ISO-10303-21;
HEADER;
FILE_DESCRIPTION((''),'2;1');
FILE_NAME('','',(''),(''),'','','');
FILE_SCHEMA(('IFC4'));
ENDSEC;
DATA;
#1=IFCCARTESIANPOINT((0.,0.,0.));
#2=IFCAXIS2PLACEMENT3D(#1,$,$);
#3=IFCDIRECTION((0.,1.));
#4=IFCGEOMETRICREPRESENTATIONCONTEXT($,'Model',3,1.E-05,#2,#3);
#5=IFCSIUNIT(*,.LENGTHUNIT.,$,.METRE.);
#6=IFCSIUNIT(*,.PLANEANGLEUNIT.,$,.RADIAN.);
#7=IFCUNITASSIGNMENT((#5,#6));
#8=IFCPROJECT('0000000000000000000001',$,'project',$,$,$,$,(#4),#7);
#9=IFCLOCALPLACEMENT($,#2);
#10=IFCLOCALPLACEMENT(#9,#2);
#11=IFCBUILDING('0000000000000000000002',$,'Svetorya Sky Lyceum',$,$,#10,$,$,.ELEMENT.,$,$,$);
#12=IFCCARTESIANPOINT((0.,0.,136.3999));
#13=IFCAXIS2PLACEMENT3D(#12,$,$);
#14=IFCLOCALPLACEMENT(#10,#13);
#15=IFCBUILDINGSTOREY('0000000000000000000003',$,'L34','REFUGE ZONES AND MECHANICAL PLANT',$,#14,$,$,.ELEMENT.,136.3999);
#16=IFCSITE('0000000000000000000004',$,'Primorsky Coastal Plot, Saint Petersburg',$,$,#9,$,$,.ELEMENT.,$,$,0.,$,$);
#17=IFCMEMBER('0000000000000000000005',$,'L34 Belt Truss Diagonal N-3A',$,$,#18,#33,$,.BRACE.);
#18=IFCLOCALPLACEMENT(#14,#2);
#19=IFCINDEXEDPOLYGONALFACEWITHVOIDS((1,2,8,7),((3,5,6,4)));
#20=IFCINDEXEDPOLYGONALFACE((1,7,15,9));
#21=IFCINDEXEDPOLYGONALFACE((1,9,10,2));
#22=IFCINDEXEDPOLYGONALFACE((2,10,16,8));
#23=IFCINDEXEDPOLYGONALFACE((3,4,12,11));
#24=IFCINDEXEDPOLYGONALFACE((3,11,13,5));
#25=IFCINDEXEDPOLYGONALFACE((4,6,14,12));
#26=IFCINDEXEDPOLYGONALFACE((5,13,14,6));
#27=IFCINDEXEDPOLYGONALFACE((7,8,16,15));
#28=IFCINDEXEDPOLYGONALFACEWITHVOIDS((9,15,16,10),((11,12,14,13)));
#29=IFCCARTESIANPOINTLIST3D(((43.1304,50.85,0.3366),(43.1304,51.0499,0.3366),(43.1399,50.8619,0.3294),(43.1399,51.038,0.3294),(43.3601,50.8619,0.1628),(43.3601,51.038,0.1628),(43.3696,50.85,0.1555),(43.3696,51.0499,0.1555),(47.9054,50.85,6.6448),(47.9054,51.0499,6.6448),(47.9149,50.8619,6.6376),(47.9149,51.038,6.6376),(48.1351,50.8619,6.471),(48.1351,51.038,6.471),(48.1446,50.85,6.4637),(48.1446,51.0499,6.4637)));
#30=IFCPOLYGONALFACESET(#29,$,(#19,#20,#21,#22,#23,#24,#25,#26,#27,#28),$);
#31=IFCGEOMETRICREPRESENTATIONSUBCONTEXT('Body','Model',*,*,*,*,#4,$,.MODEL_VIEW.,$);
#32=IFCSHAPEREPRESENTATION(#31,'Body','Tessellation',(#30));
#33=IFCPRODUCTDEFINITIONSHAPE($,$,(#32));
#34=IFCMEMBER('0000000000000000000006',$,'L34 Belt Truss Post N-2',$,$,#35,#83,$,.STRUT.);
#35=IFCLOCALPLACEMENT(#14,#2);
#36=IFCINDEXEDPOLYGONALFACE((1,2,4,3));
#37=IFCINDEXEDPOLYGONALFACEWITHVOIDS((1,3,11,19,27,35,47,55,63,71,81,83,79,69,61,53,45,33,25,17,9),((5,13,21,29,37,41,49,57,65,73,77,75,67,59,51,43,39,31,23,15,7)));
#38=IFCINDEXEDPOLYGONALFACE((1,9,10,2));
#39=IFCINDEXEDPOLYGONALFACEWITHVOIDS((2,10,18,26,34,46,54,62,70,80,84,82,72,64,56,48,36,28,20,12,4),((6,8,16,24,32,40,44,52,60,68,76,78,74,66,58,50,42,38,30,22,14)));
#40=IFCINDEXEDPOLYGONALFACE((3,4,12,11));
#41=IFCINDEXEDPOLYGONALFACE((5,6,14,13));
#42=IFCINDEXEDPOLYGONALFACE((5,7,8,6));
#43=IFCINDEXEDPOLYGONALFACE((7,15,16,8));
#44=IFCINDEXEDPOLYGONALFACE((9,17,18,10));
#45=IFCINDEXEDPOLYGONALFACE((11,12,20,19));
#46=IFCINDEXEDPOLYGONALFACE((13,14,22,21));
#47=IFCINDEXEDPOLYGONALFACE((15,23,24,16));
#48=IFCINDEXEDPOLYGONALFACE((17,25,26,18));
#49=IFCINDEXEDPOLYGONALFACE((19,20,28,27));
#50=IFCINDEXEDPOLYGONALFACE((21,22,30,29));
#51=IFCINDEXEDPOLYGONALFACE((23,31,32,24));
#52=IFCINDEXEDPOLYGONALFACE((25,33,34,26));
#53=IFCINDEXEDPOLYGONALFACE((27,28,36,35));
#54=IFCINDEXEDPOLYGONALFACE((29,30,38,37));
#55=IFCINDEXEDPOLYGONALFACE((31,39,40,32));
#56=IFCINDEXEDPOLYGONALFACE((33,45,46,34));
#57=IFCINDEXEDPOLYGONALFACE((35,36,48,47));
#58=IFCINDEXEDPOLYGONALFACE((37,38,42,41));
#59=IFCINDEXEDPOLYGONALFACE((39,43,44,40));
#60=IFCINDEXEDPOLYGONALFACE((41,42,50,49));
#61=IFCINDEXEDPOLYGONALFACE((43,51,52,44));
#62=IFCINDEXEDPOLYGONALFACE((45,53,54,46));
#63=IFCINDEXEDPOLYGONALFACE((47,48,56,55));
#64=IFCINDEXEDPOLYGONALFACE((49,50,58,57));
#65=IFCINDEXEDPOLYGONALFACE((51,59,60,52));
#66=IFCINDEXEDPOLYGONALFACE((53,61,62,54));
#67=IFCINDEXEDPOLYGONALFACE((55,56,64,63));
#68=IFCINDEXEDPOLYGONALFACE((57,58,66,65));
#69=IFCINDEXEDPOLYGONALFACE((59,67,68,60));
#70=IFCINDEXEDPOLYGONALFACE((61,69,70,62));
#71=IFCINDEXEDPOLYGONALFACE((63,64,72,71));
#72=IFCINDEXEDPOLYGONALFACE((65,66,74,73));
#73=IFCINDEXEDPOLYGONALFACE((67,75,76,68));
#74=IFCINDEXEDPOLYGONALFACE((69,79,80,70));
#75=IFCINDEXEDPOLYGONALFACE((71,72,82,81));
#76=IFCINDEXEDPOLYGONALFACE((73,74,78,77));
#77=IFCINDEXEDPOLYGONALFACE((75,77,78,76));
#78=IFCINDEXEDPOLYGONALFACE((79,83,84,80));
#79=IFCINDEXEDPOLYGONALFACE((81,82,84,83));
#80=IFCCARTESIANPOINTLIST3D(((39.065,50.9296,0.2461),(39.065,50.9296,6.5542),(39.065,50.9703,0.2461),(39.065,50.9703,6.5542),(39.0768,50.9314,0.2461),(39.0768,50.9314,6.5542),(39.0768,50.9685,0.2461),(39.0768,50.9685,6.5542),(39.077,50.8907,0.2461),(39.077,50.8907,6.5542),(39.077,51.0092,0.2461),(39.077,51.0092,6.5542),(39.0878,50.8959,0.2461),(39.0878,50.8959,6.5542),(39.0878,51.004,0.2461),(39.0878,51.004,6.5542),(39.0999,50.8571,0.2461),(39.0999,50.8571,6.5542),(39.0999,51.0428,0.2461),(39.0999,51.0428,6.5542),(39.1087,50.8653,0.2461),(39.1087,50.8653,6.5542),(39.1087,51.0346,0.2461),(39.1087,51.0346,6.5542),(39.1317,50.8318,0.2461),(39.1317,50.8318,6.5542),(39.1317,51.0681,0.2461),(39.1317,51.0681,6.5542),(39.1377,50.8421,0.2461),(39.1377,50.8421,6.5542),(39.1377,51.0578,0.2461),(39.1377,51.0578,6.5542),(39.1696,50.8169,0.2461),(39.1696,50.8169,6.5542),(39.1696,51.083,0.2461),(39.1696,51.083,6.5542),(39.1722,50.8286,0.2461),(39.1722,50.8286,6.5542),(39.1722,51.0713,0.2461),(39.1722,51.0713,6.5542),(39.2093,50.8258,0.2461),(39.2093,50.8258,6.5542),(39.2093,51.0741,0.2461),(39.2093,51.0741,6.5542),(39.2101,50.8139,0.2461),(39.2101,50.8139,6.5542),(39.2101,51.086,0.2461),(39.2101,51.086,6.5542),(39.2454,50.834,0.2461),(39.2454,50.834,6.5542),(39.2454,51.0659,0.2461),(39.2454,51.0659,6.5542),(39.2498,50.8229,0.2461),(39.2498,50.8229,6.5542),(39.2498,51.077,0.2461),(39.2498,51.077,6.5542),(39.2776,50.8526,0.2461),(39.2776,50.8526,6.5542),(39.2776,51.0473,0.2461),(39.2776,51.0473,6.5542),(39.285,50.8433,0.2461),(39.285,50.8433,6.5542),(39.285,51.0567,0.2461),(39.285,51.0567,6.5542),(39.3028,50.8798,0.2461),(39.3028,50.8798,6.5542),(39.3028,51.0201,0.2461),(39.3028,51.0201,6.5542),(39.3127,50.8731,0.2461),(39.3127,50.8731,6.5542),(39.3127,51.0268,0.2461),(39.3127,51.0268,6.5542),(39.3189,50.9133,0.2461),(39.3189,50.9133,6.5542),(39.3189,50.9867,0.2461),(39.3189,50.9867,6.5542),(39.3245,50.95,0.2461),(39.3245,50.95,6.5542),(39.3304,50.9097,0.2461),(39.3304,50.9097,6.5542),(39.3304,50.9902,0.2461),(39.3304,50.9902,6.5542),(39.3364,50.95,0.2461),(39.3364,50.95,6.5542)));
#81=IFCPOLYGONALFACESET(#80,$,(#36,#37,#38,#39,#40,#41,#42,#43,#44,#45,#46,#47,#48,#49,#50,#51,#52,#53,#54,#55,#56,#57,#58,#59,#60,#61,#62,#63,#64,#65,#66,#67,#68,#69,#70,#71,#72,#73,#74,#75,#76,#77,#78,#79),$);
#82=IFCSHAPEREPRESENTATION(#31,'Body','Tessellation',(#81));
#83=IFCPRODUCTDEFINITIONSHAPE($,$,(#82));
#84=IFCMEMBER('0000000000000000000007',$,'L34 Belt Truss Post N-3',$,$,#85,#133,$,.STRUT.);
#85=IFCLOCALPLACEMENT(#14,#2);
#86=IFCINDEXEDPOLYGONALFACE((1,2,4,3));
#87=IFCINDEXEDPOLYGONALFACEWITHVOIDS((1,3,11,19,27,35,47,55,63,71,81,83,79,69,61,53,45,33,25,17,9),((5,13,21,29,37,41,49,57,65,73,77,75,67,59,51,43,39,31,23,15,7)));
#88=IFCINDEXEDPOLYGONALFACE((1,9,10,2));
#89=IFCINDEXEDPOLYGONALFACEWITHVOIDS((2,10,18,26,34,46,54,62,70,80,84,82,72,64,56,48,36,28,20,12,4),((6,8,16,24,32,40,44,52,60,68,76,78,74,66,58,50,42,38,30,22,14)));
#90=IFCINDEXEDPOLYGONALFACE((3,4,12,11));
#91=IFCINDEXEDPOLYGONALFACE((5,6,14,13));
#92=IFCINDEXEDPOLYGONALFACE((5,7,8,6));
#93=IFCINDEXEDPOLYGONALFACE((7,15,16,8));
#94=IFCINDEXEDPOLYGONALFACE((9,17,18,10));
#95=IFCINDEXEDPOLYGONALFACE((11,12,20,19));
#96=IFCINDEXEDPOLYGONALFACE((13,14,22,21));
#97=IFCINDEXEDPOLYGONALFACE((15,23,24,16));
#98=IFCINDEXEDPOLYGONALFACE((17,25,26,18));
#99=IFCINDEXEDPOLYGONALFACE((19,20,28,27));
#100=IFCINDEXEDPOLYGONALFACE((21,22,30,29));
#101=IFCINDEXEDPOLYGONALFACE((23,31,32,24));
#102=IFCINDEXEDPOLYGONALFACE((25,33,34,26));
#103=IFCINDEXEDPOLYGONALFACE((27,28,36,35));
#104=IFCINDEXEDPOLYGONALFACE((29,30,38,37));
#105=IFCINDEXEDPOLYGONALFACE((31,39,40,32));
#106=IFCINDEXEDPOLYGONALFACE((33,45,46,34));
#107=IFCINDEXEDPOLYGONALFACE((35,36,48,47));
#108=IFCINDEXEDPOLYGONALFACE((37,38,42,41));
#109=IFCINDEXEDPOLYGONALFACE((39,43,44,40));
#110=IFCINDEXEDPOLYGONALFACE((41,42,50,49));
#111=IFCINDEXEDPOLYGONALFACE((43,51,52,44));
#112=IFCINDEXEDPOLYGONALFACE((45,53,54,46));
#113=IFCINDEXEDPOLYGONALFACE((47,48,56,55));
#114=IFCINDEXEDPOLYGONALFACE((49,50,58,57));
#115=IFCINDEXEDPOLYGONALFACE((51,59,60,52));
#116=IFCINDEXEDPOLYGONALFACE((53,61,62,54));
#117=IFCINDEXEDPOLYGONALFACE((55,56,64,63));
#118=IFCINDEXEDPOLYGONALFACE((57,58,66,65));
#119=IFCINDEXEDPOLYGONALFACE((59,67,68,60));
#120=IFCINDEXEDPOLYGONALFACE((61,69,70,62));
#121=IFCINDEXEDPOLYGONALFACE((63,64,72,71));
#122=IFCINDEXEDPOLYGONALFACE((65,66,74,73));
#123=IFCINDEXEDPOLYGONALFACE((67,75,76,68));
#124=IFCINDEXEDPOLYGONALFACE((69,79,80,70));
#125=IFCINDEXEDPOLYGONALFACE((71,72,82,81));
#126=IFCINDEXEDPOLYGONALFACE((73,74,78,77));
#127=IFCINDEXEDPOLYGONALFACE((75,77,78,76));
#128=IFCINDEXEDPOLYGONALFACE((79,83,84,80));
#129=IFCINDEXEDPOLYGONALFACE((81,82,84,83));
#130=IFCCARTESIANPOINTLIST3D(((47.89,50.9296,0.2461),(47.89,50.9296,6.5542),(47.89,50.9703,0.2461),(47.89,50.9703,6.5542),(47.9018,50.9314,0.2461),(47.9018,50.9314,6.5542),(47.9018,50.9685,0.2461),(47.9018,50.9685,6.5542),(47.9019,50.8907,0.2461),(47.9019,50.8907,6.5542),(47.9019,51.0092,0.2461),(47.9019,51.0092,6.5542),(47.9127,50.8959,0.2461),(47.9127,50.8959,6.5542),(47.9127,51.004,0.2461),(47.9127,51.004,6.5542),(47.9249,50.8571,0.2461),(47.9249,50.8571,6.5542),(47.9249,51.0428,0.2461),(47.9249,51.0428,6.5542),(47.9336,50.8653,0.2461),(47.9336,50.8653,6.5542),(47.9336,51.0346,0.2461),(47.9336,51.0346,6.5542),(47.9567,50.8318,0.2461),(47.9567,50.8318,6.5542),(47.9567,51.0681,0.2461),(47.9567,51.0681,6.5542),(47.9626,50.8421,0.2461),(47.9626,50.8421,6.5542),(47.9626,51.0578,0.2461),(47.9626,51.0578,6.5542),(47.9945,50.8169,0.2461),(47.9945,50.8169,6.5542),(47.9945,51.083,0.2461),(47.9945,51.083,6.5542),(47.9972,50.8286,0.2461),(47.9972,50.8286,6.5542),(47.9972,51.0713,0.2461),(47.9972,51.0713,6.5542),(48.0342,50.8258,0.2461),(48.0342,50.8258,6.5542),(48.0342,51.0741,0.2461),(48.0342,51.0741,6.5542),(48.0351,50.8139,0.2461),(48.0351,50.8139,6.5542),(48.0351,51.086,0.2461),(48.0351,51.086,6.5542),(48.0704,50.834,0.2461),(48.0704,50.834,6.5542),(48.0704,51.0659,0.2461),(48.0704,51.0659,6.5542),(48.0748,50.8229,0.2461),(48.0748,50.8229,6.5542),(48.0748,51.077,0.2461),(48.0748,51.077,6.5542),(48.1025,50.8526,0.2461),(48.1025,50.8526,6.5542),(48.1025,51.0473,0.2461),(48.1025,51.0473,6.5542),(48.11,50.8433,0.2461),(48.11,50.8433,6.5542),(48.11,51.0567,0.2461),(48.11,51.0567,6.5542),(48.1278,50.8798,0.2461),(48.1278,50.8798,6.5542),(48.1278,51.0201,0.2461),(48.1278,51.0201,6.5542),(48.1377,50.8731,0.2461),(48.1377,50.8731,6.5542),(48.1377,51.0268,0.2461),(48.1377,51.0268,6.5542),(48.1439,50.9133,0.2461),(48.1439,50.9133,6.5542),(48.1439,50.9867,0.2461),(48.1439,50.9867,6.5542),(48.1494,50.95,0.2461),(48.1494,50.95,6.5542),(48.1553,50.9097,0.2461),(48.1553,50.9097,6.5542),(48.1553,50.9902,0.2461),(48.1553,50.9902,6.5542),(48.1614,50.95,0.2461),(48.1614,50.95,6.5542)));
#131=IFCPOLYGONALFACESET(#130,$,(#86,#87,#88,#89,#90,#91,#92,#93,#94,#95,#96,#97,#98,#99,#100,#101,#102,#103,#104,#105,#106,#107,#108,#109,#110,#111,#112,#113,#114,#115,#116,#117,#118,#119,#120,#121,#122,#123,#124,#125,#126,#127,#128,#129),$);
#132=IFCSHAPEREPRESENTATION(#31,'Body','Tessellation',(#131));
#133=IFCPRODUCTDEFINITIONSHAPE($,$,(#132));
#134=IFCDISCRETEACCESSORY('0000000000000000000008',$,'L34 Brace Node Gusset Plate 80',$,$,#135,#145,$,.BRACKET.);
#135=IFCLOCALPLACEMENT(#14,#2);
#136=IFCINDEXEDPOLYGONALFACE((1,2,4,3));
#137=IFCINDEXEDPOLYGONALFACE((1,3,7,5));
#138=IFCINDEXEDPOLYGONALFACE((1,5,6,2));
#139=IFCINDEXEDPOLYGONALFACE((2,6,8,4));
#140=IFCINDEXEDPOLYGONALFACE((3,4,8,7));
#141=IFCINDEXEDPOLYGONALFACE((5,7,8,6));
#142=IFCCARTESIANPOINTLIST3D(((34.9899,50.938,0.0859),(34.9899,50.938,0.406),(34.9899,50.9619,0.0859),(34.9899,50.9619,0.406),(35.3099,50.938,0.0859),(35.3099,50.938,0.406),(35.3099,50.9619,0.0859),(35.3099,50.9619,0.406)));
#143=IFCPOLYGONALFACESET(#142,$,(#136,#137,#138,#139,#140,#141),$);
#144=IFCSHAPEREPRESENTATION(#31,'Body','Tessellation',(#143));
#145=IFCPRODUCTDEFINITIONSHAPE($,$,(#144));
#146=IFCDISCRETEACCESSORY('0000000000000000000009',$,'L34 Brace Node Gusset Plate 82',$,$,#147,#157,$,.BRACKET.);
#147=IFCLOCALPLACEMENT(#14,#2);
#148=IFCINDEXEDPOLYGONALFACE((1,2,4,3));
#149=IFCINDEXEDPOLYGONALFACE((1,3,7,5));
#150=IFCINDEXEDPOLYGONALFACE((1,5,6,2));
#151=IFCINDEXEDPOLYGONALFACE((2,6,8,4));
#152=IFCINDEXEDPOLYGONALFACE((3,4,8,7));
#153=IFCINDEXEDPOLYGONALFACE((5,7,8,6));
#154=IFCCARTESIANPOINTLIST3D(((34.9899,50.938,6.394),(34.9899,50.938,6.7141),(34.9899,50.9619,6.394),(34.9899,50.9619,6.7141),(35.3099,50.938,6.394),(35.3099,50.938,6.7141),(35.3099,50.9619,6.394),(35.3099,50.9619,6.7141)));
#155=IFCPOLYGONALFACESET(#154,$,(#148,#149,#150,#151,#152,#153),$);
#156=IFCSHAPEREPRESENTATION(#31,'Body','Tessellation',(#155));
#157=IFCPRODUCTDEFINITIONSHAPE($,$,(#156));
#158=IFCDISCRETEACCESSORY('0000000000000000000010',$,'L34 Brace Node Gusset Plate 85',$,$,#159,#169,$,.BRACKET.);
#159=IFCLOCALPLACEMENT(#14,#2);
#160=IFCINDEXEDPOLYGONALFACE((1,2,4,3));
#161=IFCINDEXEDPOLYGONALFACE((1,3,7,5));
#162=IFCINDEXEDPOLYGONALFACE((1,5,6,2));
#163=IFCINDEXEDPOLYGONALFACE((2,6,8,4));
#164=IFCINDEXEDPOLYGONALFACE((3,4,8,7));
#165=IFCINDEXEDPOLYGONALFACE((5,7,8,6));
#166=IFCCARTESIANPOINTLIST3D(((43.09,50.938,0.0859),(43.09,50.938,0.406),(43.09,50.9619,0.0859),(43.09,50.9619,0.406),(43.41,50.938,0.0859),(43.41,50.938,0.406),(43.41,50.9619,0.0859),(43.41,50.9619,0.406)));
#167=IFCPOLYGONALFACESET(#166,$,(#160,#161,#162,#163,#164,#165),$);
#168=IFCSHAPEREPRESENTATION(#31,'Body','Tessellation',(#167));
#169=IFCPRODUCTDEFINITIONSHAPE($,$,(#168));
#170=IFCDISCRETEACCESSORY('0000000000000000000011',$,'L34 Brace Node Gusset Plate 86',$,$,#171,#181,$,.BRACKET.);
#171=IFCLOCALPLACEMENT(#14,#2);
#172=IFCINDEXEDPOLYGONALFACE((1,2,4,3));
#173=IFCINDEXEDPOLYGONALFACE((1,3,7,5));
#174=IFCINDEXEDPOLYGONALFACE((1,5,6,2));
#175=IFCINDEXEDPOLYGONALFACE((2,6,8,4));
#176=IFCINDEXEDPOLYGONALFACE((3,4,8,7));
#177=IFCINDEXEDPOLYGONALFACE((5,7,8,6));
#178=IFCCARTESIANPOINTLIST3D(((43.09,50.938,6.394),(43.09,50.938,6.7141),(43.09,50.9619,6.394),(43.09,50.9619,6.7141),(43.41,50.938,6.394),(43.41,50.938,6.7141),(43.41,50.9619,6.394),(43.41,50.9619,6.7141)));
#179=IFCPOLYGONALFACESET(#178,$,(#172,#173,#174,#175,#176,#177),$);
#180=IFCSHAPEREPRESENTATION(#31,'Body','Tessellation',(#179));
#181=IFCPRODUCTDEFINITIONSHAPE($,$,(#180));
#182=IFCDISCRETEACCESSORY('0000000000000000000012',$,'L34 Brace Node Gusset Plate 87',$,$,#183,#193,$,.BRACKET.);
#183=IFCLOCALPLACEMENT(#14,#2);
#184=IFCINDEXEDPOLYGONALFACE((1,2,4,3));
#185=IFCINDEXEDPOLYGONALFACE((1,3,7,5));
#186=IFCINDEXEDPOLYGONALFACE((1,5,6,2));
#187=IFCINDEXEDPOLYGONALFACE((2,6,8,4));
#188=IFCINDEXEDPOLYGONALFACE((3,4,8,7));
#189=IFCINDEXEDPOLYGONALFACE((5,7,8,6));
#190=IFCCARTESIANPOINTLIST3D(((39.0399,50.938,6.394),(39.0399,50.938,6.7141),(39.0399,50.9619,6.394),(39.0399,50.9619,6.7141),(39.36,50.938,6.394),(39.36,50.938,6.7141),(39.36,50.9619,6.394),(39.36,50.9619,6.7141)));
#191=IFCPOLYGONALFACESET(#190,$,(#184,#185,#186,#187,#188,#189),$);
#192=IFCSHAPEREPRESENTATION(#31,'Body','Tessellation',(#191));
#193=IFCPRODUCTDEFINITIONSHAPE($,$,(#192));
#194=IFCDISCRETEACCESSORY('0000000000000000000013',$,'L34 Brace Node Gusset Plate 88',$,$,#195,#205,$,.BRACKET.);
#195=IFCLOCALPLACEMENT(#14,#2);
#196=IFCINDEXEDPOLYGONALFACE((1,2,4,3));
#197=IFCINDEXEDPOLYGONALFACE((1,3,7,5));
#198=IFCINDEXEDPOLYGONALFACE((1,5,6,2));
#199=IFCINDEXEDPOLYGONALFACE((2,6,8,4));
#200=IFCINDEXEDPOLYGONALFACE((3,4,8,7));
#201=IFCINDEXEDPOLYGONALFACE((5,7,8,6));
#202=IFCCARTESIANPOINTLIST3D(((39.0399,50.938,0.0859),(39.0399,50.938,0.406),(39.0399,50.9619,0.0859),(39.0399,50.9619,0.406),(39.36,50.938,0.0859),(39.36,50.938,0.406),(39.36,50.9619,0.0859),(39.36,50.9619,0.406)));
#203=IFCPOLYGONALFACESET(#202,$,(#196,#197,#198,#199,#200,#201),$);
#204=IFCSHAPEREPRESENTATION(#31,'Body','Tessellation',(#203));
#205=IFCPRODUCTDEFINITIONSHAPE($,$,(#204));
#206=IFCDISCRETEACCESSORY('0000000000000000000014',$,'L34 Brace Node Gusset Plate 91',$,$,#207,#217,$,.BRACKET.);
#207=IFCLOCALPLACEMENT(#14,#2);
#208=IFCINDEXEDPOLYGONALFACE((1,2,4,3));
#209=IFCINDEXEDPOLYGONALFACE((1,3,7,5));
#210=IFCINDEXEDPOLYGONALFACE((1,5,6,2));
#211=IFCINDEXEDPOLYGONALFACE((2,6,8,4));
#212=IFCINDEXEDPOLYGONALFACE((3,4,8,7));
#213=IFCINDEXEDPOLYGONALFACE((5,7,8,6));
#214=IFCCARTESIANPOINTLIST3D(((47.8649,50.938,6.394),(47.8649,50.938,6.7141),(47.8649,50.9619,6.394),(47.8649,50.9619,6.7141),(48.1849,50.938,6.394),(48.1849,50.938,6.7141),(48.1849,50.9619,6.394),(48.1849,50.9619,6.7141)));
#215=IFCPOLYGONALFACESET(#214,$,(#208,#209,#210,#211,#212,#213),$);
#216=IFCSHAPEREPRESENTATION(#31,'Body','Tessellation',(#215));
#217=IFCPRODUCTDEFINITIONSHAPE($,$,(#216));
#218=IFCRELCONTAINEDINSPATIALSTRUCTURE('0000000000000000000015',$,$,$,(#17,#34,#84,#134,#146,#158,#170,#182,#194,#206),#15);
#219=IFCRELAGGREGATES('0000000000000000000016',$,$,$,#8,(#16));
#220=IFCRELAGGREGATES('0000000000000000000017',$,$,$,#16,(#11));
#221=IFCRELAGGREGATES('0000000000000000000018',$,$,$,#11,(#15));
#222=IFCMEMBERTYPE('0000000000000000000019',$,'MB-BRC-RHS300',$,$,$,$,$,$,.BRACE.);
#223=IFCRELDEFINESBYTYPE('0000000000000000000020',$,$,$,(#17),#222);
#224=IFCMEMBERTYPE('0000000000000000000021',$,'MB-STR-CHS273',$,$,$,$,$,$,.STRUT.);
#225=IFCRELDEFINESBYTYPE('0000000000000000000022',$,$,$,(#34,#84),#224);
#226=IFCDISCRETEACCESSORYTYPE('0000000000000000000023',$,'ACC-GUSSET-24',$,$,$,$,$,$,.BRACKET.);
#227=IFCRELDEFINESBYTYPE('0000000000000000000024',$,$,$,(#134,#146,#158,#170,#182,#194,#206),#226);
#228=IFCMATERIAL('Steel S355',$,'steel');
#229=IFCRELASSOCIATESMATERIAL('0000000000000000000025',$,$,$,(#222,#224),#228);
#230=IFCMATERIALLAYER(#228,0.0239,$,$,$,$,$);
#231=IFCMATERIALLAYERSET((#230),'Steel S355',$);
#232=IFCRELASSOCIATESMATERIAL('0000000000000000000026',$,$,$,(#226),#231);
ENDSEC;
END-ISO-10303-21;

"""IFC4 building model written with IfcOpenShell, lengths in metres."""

from ifc_helpers import new_model, si_unit, direction, frame, origin, origin_2d, place, context, subcontext, project, spatial, rectangle, hollow_rectangle, hollow_circle, extrude, material, layer, layer_set, material_profile, profile_set, type_object, element, save


model = new_model("IFC4")

# Units and contexts
model_context = context("Model", 3, precision=1e-05, world=origin(), true_north=direction((0.0, 1.0)))
body_context = subcontext(model_context, "Body", "Model", "MODEL_VIEW")
ifc_project = project(units=[si_unit("LENGTHUNIT", "METRE"), si_unit("PLANEANGLEUNIT", "RADIAN")], contexts=[model_context])

# Site, building, storey
site_placement = place(None, origin())
site = spatial("IfcSite", under=ifc_project, at=site_placement, Name="Primorsky Coastal Plot, Saint Petersburg", CompositionType="ELEMENT", RefElevation=0.0)
building_placement = place(site_placement, origin())
building = spatial("IfcBuilding", under=site, at=building_placement, Name="Svetorya Sky Lyceum", CompositionType="ELEMENT")
storey_placement = place(building_placement, frame((0.0, 0.0, 136.3999)))
storey = spatial("IfcBuildingStorey", under=building, at=storey_placement, Name="L34", Description="REFUGE ZONES AND MECHANICAL PLANT", CompositionType="ELEMENT", Elevation=136.3999)

# Shared definitions
ifc_material_1 = material(Name="Steel S355", Category="steel")

# Members
ifc_material_profile_1 = material_profile(ifc_material_1, hollow_rectangle(XDim=0.2, YDim=0.3, WallThickness=0.012, at=origin_2d()), Name="RHS 300x200x12")
ifc_profile_set_1 = profile_set([ifc_material_profile_1], Name="Steel S355")
member_type_1 = type_object("IfcMemberType", Name="MB-BRC-RHS300", PredefinedType="BRACE", material=ifc_profile_set_1)
member_1_placement = place(storey_placement, frame((43.25, 50.95, 0.2461), z_axis=(0.603539, 0.0, 0.797333), x_axis=(0.0, 1.0, 0.0)))
element("IfcMember", 1, at=member_1_placement, inside=storey, type_object=member_type_1, Name="L34 Belt Truss Diagonal N-3A", PredefinedType="BRACE", context=body_context, shape_type="SweptSolid", body=[
    extrude(hollow_rectangle(XDim=0.2, YDim=0.3, WallThickness=0.012, at=origin_2d()), origin(), (0.0, 0.0, 1.0), 7.9116),
])
ifc_material_profile_2 = material_profile(ifc_material_1, hollow_circle(Radius=0.1365, WallThickness=0.012, at=origin_2d()), Name="CHS 273x12")
ifc_profile_set_2 = profile_set([ifc_material_profile_2], Name="Steel S355")
member_type_2 = type_object("IfcMemberType", Name="MB-STR-CHS273", PredefinedType="STRUT", material=ifc_profile_set_2)
for number, where, z_axis, x_axis, name in (
    (2, (39.2, 50.95, 0.2461), (0.0, 0.0, 1.0), (1.0, 0.0, 0.0), "L34 Belt Truss Post N-2"),
    (3, (48.0249, 50.95, 0.2461), (0.0, 0.0, 1.0), (1.0, 0.0, 0.0), "L34 Belt Truss Post N-3"),
):
    element("IfcMember", number, at=place(storey_placement, frame(where, z_axis=z_axis, x_axis=x_axis)), inside=storey, type_object=member_type_2, Name=name, PredefinedType="STRUT", context=body_context, shape_type="SweptSolid", body=[
        extrude(hollow_circle(Radius=0.1365, WallThickness=0.012, at=origin_2d()), origin(), (0.0, 0.0, 1.0), 6.3081),
    ])

# Discrete accessories
ifc_layer = layer(ifc_material_1, 0.0239)
ifc_layer_set = layer_set([ifc_layer], Name="Steel S355")
discrete_accessory_type = type_object("IfcDiscreteAccessoryType", Name="ACC-GUSSET-24", PredefinedType="BRACKET", material=ifc_layer_set)
for number, where, z_axis, x_axis, name in (
    (4, (35.1499, 50.95, 0.0859), (0.0, 0.0, 1.0), (1.0, 0.0, 0.0), "L34 Brace Node Gusset Plate 80"),
    (5, (35.1499, 50.95, 6.394), (0.0, 0.0, 1.0), (1.0, 0.0, 0.0), "L34 Brace Node Gusset Plate 82"),
    (6, (43.25, 50.95, 0.0859), (0.0, 0.0, 1.0), (1.0, 0.0, 0.0), "L34 Brace Node Gusset Plate 85"),
    (7, (43.25, 50.95, 6.394), (0.0, 0.0, 1.0), (1.0, 0.0, 0.0), "L34 Brace Node Gusset Plate 86"),
    (8, (39.2, 50.95, 6.394), (0.0, 0.0, 1.0), (1.0, 0.0, 0.0), "L34 Brace Node Gusset Plate 87"),
    (9, (39.2, 50.95, 0.0859), (0.0, 0.0, 1.0), (1.0, 0.0, 0.0), "L34 Brace Node Gusset Plate 88"),
    (10, (48.0249, 50.95, 6.394), (0.0, 0.0, 1.0), (1.0, 0.0, 0.0), "L34 Brace Node Gusset Plate 91"),
):
    element("IfcDiscreteAccessory", number, at=place(storey_placement, frame(where, z_axis=z_axis, x_axis=x_axis)), inside=storey, type_object=discrete_accessory_type, Name=name, PredefinedType="BRACKET", context=body_context, shape_type="SweptSolid", body=[
        extrude(rectangle(XDim=0.3201, YDim=0.0239, at=origin_2d()), origin(), (0.0, 0.0, 1.0), 0.3201),
    ])

save(model, "model.ifc")
